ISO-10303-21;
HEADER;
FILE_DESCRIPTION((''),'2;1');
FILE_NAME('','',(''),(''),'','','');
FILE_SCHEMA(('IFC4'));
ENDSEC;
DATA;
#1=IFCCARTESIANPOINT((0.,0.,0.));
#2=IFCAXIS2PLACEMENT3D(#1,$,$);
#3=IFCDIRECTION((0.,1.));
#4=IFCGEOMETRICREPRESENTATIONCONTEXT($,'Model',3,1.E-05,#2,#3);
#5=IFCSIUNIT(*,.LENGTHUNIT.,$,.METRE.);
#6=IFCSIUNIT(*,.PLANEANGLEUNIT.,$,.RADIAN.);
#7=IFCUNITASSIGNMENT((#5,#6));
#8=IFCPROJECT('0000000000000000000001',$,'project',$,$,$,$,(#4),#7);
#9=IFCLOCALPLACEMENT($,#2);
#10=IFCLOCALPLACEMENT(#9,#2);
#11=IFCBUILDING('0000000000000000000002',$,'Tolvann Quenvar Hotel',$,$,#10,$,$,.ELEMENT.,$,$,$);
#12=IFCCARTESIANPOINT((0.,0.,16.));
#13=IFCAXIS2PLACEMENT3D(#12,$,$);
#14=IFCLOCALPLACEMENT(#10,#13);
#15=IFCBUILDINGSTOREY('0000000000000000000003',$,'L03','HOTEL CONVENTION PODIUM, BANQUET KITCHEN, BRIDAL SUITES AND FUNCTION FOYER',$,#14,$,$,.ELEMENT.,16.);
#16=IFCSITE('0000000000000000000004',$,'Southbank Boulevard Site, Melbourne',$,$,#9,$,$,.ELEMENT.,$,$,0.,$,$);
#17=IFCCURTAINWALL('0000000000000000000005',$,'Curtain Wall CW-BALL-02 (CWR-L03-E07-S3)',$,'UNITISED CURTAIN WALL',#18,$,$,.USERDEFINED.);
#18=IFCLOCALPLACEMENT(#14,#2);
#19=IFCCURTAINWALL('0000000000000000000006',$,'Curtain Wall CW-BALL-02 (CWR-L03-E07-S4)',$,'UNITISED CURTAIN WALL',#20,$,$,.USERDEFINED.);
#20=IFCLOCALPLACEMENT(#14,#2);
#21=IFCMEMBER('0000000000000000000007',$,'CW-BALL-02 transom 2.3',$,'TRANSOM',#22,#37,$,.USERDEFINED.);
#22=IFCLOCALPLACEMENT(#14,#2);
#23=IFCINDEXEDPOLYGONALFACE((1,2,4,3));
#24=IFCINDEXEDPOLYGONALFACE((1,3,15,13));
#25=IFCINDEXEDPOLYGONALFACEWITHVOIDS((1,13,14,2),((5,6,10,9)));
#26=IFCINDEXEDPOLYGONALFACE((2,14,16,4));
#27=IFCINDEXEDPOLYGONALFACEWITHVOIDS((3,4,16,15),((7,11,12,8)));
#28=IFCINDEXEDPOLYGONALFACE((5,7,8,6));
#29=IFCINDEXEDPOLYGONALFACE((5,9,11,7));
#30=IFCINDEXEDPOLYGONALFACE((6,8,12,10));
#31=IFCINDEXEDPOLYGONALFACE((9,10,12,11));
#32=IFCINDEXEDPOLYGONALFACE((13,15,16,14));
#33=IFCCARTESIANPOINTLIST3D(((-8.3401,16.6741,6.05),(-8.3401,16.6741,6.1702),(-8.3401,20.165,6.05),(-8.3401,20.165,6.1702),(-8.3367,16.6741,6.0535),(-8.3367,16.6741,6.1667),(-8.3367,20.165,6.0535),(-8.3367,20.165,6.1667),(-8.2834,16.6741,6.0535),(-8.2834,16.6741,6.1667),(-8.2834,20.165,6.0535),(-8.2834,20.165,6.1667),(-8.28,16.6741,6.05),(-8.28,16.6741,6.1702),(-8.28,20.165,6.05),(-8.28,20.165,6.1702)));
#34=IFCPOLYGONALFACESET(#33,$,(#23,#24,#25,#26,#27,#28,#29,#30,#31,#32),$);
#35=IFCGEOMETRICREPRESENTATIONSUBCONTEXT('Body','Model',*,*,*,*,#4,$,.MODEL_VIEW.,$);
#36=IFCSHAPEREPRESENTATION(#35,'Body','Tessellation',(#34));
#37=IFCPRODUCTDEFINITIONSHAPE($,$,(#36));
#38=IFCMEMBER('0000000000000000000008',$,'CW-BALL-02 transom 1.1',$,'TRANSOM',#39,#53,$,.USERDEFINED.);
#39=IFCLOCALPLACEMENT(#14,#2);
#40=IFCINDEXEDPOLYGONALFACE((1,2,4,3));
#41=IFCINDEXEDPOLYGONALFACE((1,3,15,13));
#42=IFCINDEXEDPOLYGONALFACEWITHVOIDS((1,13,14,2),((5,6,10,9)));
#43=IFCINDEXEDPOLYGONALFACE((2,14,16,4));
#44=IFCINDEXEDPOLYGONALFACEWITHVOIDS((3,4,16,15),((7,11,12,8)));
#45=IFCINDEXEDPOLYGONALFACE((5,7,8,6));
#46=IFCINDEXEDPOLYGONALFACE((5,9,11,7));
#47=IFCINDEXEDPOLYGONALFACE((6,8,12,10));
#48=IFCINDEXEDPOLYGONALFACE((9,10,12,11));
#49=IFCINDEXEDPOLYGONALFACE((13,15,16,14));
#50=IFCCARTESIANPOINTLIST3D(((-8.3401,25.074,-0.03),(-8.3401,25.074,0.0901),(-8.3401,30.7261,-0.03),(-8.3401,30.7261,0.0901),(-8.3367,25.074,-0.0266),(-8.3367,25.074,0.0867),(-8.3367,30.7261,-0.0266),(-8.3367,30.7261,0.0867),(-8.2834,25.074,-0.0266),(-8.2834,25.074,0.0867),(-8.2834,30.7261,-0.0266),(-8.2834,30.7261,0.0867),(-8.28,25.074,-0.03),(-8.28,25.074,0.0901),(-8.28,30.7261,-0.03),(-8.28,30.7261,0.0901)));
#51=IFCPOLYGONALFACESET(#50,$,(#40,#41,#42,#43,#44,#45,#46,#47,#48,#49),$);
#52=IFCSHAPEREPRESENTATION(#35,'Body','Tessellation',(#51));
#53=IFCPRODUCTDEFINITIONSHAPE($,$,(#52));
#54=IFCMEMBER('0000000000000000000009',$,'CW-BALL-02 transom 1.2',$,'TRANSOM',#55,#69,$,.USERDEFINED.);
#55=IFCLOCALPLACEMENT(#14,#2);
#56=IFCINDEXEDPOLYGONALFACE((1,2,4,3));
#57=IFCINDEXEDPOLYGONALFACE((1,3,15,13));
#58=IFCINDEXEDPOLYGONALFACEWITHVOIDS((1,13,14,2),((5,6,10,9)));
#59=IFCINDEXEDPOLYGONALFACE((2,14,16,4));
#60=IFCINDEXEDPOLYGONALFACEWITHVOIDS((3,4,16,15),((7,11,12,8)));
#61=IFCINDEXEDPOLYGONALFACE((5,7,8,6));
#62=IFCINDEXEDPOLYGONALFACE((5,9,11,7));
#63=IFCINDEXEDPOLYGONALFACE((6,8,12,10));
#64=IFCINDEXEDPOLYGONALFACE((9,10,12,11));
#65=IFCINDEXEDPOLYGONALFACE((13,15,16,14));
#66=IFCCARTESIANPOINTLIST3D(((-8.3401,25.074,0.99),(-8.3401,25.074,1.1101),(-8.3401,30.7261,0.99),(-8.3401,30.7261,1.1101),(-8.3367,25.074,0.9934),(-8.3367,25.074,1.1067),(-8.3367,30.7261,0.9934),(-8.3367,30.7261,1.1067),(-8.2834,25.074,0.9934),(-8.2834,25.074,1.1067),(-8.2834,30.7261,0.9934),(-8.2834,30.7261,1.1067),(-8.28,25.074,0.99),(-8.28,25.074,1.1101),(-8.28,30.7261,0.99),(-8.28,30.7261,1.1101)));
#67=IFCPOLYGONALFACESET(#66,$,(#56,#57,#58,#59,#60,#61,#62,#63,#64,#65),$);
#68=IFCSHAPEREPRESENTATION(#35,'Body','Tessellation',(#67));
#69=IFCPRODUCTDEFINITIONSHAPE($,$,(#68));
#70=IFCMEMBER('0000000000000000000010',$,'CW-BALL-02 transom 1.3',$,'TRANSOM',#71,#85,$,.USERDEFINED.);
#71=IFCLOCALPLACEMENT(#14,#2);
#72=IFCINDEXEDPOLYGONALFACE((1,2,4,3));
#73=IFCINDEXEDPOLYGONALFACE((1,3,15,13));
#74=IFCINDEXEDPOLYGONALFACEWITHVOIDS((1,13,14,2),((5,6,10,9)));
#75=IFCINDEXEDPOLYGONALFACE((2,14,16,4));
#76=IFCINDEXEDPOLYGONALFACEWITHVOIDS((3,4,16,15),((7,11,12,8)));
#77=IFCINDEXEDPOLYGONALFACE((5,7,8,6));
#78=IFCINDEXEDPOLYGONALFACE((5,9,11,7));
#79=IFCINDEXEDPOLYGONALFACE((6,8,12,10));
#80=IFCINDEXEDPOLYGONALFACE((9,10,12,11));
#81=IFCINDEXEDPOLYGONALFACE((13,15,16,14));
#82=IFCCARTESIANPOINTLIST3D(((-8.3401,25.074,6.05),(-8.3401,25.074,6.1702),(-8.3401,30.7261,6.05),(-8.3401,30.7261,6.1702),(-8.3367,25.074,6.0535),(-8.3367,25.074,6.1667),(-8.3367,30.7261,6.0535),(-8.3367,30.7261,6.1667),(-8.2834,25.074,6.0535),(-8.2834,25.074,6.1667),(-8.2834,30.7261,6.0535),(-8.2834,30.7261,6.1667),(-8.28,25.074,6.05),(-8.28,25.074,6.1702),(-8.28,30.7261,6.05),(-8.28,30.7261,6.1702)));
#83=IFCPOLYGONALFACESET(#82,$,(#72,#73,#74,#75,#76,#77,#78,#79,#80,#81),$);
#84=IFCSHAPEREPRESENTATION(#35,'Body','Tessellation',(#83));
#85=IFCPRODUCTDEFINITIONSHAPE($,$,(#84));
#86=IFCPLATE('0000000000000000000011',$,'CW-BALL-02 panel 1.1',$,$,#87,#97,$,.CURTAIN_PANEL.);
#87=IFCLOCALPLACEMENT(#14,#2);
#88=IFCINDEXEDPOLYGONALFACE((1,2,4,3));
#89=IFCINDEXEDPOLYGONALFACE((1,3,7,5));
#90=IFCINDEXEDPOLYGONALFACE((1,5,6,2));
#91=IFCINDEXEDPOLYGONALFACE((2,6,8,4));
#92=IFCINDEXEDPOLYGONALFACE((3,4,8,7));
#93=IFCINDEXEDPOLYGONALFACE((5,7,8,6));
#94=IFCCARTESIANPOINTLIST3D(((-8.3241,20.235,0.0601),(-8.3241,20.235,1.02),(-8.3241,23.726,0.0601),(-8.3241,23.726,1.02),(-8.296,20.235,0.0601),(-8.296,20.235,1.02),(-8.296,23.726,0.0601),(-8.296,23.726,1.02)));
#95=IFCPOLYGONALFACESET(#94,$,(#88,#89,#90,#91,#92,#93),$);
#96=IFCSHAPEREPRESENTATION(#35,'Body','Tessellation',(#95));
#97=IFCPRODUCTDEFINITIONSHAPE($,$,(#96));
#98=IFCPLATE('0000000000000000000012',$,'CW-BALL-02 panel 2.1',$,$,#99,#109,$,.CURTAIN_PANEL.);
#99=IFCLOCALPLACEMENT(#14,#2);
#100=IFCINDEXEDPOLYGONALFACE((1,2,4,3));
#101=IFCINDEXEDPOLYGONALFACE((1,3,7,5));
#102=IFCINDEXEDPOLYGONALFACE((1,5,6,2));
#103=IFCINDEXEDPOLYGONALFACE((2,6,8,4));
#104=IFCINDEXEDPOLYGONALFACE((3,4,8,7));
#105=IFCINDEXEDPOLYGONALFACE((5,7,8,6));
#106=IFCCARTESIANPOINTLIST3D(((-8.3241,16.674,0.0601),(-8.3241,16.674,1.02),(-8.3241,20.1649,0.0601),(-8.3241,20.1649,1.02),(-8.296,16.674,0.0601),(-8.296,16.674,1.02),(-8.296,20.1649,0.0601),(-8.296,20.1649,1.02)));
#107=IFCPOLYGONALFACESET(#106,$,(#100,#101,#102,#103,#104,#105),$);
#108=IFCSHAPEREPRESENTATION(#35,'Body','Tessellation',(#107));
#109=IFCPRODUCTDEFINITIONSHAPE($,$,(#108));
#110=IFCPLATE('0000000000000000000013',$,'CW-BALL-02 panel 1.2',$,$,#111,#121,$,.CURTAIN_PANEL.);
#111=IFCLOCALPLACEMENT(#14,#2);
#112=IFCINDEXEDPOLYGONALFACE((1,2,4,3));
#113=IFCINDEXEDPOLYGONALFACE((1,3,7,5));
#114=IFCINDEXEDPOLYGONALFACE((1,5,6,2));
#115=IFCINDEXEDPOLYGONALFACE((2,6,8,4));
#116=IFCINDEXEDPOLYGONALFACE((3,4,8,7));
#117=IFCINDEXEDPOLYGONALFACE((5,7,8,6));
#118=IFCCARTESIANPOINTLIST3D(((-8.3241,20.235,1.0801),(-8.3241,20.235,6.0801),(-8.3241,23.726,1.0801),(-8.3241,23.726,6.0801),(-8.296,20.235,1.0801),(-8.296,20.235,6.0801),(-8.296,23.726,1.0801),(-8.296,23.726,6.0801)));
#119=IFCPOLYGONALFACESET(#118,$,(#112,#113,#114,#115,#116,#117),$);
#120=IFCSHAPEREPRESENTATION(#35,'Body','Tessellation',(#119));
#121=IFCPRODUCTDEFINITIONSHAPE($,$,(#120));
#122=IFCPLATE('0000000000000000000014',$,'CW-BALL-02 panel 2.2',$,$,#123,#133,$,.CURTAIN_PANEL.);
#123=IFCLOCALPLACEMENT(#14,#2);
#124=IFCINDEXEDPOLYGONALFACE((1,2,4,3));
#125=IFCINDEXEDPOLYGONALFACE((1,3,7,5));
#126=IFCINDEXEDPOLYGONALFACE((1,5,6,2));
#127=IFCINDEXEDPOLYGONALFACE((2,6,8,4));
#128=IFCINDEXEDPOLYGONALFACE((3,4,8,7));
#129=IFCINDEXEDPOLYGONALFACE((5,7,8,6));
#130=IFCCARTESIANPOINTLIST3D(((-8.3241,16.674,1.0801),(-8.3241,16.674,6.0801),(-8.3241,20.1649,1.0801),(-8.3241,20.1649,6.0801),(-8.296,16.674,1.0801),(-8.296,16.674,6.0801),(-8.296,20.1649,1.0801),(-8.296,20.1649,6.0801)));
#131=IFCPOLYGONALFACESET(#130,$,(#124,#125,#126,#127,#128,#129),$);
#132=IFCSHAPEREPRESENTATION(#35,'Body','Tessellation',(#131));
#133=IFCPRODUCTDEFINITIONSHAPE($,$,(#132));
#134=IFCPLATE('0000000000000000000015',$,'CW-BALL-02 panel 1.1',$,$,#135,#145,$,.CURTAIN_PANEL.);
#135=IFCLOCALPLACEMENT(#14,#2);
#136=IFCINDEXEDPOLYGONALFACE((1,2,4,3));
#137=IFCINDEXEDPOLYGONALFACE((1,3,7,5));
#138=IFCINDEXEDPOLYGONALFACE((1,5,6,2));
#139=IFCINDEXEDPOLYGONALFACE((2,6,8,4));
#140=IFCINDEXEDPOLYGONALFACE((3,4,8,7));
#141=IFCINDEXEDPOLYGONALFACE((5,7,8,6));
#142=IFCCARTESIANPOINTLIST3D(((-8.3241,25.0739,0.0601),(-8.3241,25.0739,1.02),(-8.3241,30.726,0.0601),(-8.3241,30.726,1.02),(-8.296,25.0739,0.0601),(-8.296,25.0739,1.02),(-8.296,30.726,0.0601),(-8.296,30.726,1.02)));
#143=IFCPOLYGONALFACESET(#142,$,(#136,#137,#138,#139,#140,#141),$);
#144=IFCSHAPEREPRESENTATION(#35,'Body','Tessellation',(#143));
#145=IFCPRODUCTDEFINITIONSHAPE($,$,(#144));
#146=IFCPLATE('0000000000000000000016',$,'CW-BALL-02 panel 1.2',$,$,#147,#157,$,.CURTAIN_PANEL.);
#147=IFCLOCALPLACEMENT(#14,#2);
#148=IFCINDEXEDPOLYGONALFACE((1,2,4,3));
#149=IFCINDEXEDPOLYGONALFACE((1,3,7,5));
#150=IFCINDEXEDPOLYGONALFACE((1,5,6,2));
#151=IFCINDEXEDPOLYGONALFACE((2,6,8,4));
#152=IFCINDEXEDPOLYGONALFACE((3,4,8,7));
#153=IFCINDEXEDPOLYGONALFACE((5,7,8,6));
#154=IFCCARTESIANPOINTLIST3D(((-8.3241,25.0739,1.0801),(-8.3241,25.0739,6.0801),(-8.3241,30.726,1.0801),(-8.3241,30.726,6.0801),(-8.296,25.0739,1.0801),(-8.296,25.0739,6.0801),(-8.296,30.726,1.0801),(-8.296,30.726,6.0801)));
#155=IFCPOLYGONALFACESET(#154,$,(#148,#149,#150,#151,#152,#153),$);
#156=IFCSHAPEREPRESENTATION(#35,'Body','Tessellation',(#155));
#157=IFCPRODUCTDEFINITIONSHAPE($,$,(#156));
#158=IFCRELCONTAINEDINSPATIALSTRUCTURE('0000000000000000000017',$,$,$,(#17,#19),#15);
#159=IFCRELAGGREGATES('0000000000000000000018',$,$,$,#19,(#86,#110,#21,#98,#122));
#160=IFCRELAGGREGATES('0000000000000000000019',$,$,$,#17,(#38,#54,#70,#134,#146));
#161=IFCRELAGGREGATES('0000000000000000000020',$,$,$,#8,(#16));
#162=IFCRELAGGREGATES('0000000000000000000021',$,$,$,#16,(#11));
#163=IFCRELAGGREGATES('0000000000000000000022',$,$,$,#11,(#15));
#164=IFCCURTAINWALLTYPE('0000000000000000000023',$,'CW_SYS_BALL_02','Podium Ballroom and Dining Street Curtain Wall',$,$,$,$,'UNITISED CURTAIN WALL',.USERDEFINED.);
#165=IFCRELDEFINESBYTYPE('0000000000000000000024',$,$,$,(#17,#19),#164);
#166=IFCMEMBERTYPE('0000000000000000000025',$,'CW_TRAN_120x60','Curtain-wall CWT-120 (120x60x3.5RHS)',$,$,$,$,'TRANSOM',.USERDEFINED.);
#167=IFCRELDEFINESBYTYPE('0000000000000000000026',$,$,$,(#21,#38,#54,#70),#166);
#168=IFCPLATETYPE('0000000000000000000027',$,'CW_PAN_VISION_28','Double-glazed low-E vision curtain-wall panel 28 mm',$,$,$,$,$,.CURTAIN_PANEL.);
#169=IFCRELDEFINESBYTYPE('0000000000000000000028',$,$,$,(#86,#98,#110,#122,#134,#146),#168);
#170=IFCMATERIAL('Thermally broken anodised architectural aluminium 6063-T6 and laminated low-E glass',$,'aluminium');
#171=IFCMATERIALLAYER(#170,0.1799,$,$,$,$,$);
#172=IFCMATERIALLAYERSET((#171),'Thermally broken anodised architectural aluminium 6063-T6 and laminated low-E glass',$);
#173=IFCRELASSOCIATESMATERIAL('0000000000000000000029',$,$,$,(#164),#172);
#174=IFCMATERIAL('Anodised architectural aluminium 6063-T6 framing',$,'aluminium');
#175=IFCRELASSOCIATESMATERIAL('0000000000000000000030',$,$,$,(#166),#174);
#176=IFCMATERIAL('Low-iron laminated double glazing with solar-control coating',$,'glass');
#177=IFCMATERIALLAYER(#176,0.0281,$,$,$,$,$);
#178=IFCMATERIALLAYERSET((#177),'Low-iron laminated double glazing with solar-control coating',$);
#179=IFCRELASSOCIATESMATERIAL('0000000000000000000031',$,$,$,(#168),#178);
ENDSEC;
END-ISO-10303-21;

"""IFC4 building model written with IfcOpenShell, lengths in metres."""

from ifc_helpers import new_model, si_unit, direction, frame, origin, origin_2d, place, context, subcontext, project, spatial, rectangle, hollow_rectangle, extrude, source, transform, mapped, material, layer, layer_set, material_profile, profile_set, type_object, type_shapes, element, aggregate, save


model = new_model("IFC4")

# Units and contexts
model_context = context("Model", 3, precision=1e-05, world=origin(), true_north=direction((0.0, 1.0)))
body_context = subcontext(model_context, "Body", "Model", "MODEL_VIEW")
ifc_project = project(units=[si_unit("LENGTHUNIT", "METRE"), si_unit("PLANEANGLEUNIT", "RADIAN")], contexts=[model_context])

# Site, building, storey
site_placement = place(None, origin())
site = spatial("IfcSite", under=ifc_project, at=site_placement, Name="Southbank Boulevard Site, Melbourne", CompositionType="ELEMENT", RefElevation=0.0)
building_placement = place(site_placement, origin())
building = spatial("IfcBuilding", under=site, at=building_placement, Name="Tolvann Quenvar Hotel", CompositionType="ELEMENT")
storey_placement = place(building_placement, frame((0.0, 0.0, 16.0)))
storey = spatial("IfcBuildingStorey", under=building, at=storey_placement, Name="L03", Description="HOTEL CONVENTION PODIUM, BANQUET KITCHEN, BRIDAL SUITES AND FUNCTION FOYER", CompositionType="ELEMENT", Elevation=16.0)

# Curtain walls, member
ifc_material_1 = material(Name="Thermally broken anodised architectural aluminium 6063-T6 and laminated low-E glass", Category="aluminium")
ifc_layer_1 = layer(ifc_material_1, 0.1799)
ifc_layer_set_1 = layer_set([ifc_layer_1], Name="Thermally broken anodised architectural aluminium 6063-T6 and laminated low-E glass")
curtain_wall_type = type_object("IfcCurtainWallType", Name="CW_SYS_BALL_02", Description="Podium Ballroom and Dining Street Curtain Wall", ElementType="UNITISED CURTAIN WALL", PredefinedType="USERDEFINED", material=ifc_layer_set_1)
curtain_wall_1_placement = place(storey_placement, origin())
curtain_wall_1 = element("IfcCurtainWall", 1, at=curtain_wall_1_placement, inside=storey, type_object=curtain_wall_type, Name="Curtain Wall CW-BALL-02 (CWR-L03-E07-S3)", ObjectType="UNITISED CURTAIN WALL", PredefinedType="USERDEFINED")
ifc_material_2 = material(Name="Anodised architectural aluminium 6063-T6 framing", Category="aluminium")
curtain_wall_2_placement = place(storey_placement, origin())
curtain_wall_2 = element("IfcCurtainWall", 2, at=curtain_wall_2_placement, inside=storey, type_object=curtain_wall_type, Name="Curtain Wall CW-BALL-02 (CWR-L03-E07-S4)", ObjectType="UNITISED CURTAIN WALL", PredefinedType="USERDEFINED")
ifc_material_profile_1 = material_profile(ifc_material_2, hollow_rectangle(XDim=0.0601, YDim=0.1201, WallThickness=0.0034, at=origin_2d()), Name="120x60x3.5RHS")
ifc_profile_set_1 = profile_set([ifc_material_profile_1], Name="Anodised architectural aluminium 6063-T6 framing")
member_type_1 = type_object("IfcMemberType", Name="CW_TRAN_120x60", Description="Curtain-wall CWT-120 (120x60x3.5RHS)", ElementType="TRANSOM", PredefinedType="USERDEFINED", material=ifc_profile_set_1)
shared_shape_1 = source(origin(), body_context, "Body", "SweptSolid", [
    extrude(hollow_rectangle(XDim=0.0601, YDim=0.1201, WallThickness=0.0034, at=origin_2d()), origin(), (0.0, 0.0, 1.0), 3.491),
])
member_1_placement = place(storey_placement, frame((-8.3101, 20.165, 6.1101), z_axis=(0.0, -1.0, 0.0), x_axis=(1.0, 0.0, 0.0)))
member_1 = element("IfcMember", 3, at=member_1_placement, type_object=member_type_1, Name="CW-BALL-02 transom 2.3", ObjectType="TRANSOM", PredefinedType="USERDEFINED", context=body_context, shape_type="MappedRepresentation", body=[
    mapped(shared_shape_1, transform((0.0, 0.0, 0.0), x_axis=(1.0, 0.0, 0.0), y_axis=(0.0, 1.0, 0.0), z_axis=(0.0, 0.0, 1.0), scale=1.0)),
])

# Members
shared_shape_2 = source(origin(), body_context, "Body", "SweptSolid", [
    extrude(hollow_rectangle(XDim=0.0601, YDim=0.1201, WallThickness=0.0034, at=origin_2d()), origin(), (0.0, 0.0, 1.0), 5.6521),
])
type_shapes(member_type_1, [shared_shape_1, shared_shape_2])
member_2_placement = place(storey_placement, frame((-8.3101, 30.7261, 0.03), z_axis=(0.0, -1.0, 0.0), x_axis=(1.0, 0.0, 0.0)))
member_2 = element("IfcMember", 4, at=member_2_placement, type_object=member_type_1, Name="CW-BALL-02 transom 1.1", ObjectType="TRANSOM", PredefinedType="USERDEFINED", context=body_context, shape_type="MappedRepresentation", body=[
    mapped(shared_shape_2, transform((0.0, 0.0, 0.0), x_axis=(1.0, 0.0, 0.0), y_axis=(0.0, 1.0, 0.0), z_axis=(0.0, 0.0, 1.0), scale=1.0)),
])
member_3_placement = place(storey_placement, frame((-8.3101, 30.7261, 1.05), z_axis=(0.0, -1.0, 0.0), x_axis=(1.0, 0.0, 0.0)))
member_3 = element("IfcMember", 5, at=member_3_placement, type_object=member_type_1, Name="CW-BALL-02 transom 1.2", ObjectType="TRANSOM", PredefinedType="USERDEFINED", context=body_context, shape_type="MappedRepresentation", body=[
    mapped(shared_shape_2, transform((0.0, 0.0, 0.0), x_axis=(1.0, 0.0, 0.0), y_axis=(0.0, 1.0, 0.0), z_axis=(0.0, 0.0, 1.0), scale=1.0)),
])
member_4_placement = place(storey_placement, frame((-8.3101, 30.7261, 6.1101), z_axis=(0.0, -1.0, 0.0), x_axis=(1.0, 0.0, 0.0)))
member_4 = element("IfcMember", 6, at=member_4_placement, type_object=member_type_1, Name="CW-BALL-02 transom 1.3", ObjectType="TRANSOM", PredefinedType="USERDEFINED", context=body_context, shape_type="MappedRepresentation", body=[
    mapped(shared_shape_2, transform((0.0, 0.0, 0.0), x_axis=(1.0, 0.0, 0.0), y_axis=(0.0, 1.0, 0.0), z_axis=(0.0, 0.0, 1.0), scale=1.0)),
])

# Plates
ifc_material_3 = material(Name="Low-iron laminated double glazing with solar-control coating", Category="glass")
ifc_layer_2 = layer(ifc_material_3, 0.0281)
ifc_layer_set_2 = layer_set([ifc_layer_2], Name="Low-iron laminated double glazing with solar-control coating")
plate_type = type_object("IfcPlateType", Name="CW_PAN_VISION_28", Description="Double-glazed low-E vision curtain-wall panel 28 mm", PredefinedType="CURTAIN_PANEL", material=ifc_layer_set_2)
shared_shape_3 = source(origin(), body_context, "Body", "SweptSolid", [
    extrude(rectangle(XDim=3.491, YDim=0.0281, at=origin_2d()), origin(), (0.0, 0.0, 1.0), 0.96),
])
plate_1_placement = place(storey_placement, frame((-8.3101, 21.9805, 0.0601), z_axis=(0.0, 0.0, 1.0), x_axis=(0.0, -1.0, 0.0)))
plate_1 = element("IfcPlate", 7, at=plate_1_placement, type_object=plate_type, Name="CW-BALL-02 panel 1.1", PredefinedType="CURTAIN_PANEL", context=body_context, shape_type="MappedRepresentation", body=[
    mapped(shared_shape_3, transform((0.0, 0.0, 0.0), x_axis=(1.0, 0.0, 0.0), y_axis=(0.0, 1.0, 0.0), z_axis=(0.0, 0.0, 1.0), scale=1.0)),
])
plate_2_placement = place(storey_placement, frame((-8.3101, 18.4194, 0.0601), z_axis=(0.0, 0.0, 1.0), x_axis=(0.0, -1.0, 0.0)))
plate_2 = element("IfcPlate", 8, at=plate_2_placement, type_object=plate_type, Name="CW-BALL-02 panel 2.1", PredefinedType="CURTAIN_PANEL", context=body_context, shape_type="MappedRepresentation", body=[
    mapped(shared_shape_3, transform((0.0, 0.0, 0.0), x_axis=(1.0, 0.0, 0.0), y_axis=(0.0, 1.0, 0.0), z_axis=(0.0, 0.0, 1.0), scale=1.0)),
])
shared_shape_4 = source(origin(), body_context, "Body", "SweptSolid", [
    extrude(rectangle(XDim=3.491, YDim=0.0281, at=origin_2d()), origin(), (0.0, 0.0, 1.0), 5.0),
])
plate_3_placement = place(storey_placement, frame((-8.3101, 21.9805, 1.0801), z_axis=(0.0, 0.0, 1.0), x_axis=(0.0, -1.0, 0.0)))
plate_3 = element("IfcPlate", 9, at=plate_3_placement, type_object=plate_type, Name="CW-BALL-02 panel 1.2", PredefinedType="CURTAIN_PANEL", context=body_context, shape_type="MappedRepresentation", body=[
    mapped(shared_shape_4, transform((0.0, 0.0, 0.0), x_axis=(1.0, 0.0, 0.0), y_axis=(0.0, 1.0, 0.0), z_axis=(0.0, 0.0, 1.0), scale=1.0)),
])
plate_4_placement = place(storey_placement, frame((-8.3101, 18.4194, 1.0801), z_axis=(0.0, 0.0, 1.0), x_axis=(0.0, -1.0, 0.0)))
plate_4 = element("IfcPlate", 10, at=plate_4_placement, type_object=plate_type, Name="CW-BALL-02 panel 2.2", PredefinedType="CURTAIN_PANEL", context=body_context, shape_type="MappedRepresentation", body=[
    mapped(shared_shape_4, transform((0.0, 0.0, 0.0), x_axis=(1.0, 0.0, 0.0), y_axis=(0.0, 1.0, 0.0), z_axis=(0.0, 0.0, 1.0), scale=1.0)),
])
aggregate(curtain_wall_2, [plate_1, plate_3, member_1, plate_2, plate_4])
shared_shape_5 = source(origin(), body_context, "Body", "SweptSolid", [
    extrude(rectangle(XDim=5.6521, YDim=0.0281, at=origin_2d()), origin(), (0.0, 0.0, 1.0), 0.96),
])
plate_5_placement = place(storey_placement, frame((-8.3101, 27.8999, 0.0601), z_axis=(0.0, 0.0, 1.0), x_axis=(0.0, -1.0, 0.0)))
plate_5 = element("IfcPlate", 11, at=plate_5_placement, type_object=plate_type, Name="CW-BALL-02 panel 1.1", PredefinedType="CURTAIN_PANEL", context=body_context, shape_type="MappedRepresentation", body=[
    mapped(shared_shape_5, transform((0.0, 0.0, 0.0), x_axis=(1.0, 0.0, 0.0), y_axis=(0.0, 1.0, 0.0), z_axis=(0.0, 0.0, 1.0), scale=1.0)),
])
shared_shape_6 = source(origin(), body_context, "Body", "SweptSolid", [
    extrude(rectangle(XDim=5.6521, YDim=0.0281, at=origin_2d()), origin(), (0.0, 0.0, 1.0), 5.0),
])
type_shapes(plate_type, [shared_shape_3, shared_shape_4, shared_shape_5, shared_shape_6])
plate_6_placement = place(storey_placement, frame((-8.3101, 27.8999, 1.0801), z_axis=(0.0, 0.0, 1.0), x_axis=(0.0, -1.0, 0.0)))
plate_6 = element("IfcPlate", 12, at=plate_6_placement, type_object=plate_type, Name="CW-BALL-02 panel 1.2", PredefinedType="CURTAIN_PANEL", context=body_context, shape_type="MappedRepresentation", body=[
    mapped(shared_shape_6, transform((0.0, 0.0, 0.0), x_axis=(1.0, 0.0, 0.0), y_axis=(0.0, 1.0, 0.0), z_axis=(0.0, 0.0, 1.0), scale=1.0)),
])
aggregate(curtain_wall_1, [member_2, member_3, member_4, plate_5, plate_6])

save(model, "model.ifc")
